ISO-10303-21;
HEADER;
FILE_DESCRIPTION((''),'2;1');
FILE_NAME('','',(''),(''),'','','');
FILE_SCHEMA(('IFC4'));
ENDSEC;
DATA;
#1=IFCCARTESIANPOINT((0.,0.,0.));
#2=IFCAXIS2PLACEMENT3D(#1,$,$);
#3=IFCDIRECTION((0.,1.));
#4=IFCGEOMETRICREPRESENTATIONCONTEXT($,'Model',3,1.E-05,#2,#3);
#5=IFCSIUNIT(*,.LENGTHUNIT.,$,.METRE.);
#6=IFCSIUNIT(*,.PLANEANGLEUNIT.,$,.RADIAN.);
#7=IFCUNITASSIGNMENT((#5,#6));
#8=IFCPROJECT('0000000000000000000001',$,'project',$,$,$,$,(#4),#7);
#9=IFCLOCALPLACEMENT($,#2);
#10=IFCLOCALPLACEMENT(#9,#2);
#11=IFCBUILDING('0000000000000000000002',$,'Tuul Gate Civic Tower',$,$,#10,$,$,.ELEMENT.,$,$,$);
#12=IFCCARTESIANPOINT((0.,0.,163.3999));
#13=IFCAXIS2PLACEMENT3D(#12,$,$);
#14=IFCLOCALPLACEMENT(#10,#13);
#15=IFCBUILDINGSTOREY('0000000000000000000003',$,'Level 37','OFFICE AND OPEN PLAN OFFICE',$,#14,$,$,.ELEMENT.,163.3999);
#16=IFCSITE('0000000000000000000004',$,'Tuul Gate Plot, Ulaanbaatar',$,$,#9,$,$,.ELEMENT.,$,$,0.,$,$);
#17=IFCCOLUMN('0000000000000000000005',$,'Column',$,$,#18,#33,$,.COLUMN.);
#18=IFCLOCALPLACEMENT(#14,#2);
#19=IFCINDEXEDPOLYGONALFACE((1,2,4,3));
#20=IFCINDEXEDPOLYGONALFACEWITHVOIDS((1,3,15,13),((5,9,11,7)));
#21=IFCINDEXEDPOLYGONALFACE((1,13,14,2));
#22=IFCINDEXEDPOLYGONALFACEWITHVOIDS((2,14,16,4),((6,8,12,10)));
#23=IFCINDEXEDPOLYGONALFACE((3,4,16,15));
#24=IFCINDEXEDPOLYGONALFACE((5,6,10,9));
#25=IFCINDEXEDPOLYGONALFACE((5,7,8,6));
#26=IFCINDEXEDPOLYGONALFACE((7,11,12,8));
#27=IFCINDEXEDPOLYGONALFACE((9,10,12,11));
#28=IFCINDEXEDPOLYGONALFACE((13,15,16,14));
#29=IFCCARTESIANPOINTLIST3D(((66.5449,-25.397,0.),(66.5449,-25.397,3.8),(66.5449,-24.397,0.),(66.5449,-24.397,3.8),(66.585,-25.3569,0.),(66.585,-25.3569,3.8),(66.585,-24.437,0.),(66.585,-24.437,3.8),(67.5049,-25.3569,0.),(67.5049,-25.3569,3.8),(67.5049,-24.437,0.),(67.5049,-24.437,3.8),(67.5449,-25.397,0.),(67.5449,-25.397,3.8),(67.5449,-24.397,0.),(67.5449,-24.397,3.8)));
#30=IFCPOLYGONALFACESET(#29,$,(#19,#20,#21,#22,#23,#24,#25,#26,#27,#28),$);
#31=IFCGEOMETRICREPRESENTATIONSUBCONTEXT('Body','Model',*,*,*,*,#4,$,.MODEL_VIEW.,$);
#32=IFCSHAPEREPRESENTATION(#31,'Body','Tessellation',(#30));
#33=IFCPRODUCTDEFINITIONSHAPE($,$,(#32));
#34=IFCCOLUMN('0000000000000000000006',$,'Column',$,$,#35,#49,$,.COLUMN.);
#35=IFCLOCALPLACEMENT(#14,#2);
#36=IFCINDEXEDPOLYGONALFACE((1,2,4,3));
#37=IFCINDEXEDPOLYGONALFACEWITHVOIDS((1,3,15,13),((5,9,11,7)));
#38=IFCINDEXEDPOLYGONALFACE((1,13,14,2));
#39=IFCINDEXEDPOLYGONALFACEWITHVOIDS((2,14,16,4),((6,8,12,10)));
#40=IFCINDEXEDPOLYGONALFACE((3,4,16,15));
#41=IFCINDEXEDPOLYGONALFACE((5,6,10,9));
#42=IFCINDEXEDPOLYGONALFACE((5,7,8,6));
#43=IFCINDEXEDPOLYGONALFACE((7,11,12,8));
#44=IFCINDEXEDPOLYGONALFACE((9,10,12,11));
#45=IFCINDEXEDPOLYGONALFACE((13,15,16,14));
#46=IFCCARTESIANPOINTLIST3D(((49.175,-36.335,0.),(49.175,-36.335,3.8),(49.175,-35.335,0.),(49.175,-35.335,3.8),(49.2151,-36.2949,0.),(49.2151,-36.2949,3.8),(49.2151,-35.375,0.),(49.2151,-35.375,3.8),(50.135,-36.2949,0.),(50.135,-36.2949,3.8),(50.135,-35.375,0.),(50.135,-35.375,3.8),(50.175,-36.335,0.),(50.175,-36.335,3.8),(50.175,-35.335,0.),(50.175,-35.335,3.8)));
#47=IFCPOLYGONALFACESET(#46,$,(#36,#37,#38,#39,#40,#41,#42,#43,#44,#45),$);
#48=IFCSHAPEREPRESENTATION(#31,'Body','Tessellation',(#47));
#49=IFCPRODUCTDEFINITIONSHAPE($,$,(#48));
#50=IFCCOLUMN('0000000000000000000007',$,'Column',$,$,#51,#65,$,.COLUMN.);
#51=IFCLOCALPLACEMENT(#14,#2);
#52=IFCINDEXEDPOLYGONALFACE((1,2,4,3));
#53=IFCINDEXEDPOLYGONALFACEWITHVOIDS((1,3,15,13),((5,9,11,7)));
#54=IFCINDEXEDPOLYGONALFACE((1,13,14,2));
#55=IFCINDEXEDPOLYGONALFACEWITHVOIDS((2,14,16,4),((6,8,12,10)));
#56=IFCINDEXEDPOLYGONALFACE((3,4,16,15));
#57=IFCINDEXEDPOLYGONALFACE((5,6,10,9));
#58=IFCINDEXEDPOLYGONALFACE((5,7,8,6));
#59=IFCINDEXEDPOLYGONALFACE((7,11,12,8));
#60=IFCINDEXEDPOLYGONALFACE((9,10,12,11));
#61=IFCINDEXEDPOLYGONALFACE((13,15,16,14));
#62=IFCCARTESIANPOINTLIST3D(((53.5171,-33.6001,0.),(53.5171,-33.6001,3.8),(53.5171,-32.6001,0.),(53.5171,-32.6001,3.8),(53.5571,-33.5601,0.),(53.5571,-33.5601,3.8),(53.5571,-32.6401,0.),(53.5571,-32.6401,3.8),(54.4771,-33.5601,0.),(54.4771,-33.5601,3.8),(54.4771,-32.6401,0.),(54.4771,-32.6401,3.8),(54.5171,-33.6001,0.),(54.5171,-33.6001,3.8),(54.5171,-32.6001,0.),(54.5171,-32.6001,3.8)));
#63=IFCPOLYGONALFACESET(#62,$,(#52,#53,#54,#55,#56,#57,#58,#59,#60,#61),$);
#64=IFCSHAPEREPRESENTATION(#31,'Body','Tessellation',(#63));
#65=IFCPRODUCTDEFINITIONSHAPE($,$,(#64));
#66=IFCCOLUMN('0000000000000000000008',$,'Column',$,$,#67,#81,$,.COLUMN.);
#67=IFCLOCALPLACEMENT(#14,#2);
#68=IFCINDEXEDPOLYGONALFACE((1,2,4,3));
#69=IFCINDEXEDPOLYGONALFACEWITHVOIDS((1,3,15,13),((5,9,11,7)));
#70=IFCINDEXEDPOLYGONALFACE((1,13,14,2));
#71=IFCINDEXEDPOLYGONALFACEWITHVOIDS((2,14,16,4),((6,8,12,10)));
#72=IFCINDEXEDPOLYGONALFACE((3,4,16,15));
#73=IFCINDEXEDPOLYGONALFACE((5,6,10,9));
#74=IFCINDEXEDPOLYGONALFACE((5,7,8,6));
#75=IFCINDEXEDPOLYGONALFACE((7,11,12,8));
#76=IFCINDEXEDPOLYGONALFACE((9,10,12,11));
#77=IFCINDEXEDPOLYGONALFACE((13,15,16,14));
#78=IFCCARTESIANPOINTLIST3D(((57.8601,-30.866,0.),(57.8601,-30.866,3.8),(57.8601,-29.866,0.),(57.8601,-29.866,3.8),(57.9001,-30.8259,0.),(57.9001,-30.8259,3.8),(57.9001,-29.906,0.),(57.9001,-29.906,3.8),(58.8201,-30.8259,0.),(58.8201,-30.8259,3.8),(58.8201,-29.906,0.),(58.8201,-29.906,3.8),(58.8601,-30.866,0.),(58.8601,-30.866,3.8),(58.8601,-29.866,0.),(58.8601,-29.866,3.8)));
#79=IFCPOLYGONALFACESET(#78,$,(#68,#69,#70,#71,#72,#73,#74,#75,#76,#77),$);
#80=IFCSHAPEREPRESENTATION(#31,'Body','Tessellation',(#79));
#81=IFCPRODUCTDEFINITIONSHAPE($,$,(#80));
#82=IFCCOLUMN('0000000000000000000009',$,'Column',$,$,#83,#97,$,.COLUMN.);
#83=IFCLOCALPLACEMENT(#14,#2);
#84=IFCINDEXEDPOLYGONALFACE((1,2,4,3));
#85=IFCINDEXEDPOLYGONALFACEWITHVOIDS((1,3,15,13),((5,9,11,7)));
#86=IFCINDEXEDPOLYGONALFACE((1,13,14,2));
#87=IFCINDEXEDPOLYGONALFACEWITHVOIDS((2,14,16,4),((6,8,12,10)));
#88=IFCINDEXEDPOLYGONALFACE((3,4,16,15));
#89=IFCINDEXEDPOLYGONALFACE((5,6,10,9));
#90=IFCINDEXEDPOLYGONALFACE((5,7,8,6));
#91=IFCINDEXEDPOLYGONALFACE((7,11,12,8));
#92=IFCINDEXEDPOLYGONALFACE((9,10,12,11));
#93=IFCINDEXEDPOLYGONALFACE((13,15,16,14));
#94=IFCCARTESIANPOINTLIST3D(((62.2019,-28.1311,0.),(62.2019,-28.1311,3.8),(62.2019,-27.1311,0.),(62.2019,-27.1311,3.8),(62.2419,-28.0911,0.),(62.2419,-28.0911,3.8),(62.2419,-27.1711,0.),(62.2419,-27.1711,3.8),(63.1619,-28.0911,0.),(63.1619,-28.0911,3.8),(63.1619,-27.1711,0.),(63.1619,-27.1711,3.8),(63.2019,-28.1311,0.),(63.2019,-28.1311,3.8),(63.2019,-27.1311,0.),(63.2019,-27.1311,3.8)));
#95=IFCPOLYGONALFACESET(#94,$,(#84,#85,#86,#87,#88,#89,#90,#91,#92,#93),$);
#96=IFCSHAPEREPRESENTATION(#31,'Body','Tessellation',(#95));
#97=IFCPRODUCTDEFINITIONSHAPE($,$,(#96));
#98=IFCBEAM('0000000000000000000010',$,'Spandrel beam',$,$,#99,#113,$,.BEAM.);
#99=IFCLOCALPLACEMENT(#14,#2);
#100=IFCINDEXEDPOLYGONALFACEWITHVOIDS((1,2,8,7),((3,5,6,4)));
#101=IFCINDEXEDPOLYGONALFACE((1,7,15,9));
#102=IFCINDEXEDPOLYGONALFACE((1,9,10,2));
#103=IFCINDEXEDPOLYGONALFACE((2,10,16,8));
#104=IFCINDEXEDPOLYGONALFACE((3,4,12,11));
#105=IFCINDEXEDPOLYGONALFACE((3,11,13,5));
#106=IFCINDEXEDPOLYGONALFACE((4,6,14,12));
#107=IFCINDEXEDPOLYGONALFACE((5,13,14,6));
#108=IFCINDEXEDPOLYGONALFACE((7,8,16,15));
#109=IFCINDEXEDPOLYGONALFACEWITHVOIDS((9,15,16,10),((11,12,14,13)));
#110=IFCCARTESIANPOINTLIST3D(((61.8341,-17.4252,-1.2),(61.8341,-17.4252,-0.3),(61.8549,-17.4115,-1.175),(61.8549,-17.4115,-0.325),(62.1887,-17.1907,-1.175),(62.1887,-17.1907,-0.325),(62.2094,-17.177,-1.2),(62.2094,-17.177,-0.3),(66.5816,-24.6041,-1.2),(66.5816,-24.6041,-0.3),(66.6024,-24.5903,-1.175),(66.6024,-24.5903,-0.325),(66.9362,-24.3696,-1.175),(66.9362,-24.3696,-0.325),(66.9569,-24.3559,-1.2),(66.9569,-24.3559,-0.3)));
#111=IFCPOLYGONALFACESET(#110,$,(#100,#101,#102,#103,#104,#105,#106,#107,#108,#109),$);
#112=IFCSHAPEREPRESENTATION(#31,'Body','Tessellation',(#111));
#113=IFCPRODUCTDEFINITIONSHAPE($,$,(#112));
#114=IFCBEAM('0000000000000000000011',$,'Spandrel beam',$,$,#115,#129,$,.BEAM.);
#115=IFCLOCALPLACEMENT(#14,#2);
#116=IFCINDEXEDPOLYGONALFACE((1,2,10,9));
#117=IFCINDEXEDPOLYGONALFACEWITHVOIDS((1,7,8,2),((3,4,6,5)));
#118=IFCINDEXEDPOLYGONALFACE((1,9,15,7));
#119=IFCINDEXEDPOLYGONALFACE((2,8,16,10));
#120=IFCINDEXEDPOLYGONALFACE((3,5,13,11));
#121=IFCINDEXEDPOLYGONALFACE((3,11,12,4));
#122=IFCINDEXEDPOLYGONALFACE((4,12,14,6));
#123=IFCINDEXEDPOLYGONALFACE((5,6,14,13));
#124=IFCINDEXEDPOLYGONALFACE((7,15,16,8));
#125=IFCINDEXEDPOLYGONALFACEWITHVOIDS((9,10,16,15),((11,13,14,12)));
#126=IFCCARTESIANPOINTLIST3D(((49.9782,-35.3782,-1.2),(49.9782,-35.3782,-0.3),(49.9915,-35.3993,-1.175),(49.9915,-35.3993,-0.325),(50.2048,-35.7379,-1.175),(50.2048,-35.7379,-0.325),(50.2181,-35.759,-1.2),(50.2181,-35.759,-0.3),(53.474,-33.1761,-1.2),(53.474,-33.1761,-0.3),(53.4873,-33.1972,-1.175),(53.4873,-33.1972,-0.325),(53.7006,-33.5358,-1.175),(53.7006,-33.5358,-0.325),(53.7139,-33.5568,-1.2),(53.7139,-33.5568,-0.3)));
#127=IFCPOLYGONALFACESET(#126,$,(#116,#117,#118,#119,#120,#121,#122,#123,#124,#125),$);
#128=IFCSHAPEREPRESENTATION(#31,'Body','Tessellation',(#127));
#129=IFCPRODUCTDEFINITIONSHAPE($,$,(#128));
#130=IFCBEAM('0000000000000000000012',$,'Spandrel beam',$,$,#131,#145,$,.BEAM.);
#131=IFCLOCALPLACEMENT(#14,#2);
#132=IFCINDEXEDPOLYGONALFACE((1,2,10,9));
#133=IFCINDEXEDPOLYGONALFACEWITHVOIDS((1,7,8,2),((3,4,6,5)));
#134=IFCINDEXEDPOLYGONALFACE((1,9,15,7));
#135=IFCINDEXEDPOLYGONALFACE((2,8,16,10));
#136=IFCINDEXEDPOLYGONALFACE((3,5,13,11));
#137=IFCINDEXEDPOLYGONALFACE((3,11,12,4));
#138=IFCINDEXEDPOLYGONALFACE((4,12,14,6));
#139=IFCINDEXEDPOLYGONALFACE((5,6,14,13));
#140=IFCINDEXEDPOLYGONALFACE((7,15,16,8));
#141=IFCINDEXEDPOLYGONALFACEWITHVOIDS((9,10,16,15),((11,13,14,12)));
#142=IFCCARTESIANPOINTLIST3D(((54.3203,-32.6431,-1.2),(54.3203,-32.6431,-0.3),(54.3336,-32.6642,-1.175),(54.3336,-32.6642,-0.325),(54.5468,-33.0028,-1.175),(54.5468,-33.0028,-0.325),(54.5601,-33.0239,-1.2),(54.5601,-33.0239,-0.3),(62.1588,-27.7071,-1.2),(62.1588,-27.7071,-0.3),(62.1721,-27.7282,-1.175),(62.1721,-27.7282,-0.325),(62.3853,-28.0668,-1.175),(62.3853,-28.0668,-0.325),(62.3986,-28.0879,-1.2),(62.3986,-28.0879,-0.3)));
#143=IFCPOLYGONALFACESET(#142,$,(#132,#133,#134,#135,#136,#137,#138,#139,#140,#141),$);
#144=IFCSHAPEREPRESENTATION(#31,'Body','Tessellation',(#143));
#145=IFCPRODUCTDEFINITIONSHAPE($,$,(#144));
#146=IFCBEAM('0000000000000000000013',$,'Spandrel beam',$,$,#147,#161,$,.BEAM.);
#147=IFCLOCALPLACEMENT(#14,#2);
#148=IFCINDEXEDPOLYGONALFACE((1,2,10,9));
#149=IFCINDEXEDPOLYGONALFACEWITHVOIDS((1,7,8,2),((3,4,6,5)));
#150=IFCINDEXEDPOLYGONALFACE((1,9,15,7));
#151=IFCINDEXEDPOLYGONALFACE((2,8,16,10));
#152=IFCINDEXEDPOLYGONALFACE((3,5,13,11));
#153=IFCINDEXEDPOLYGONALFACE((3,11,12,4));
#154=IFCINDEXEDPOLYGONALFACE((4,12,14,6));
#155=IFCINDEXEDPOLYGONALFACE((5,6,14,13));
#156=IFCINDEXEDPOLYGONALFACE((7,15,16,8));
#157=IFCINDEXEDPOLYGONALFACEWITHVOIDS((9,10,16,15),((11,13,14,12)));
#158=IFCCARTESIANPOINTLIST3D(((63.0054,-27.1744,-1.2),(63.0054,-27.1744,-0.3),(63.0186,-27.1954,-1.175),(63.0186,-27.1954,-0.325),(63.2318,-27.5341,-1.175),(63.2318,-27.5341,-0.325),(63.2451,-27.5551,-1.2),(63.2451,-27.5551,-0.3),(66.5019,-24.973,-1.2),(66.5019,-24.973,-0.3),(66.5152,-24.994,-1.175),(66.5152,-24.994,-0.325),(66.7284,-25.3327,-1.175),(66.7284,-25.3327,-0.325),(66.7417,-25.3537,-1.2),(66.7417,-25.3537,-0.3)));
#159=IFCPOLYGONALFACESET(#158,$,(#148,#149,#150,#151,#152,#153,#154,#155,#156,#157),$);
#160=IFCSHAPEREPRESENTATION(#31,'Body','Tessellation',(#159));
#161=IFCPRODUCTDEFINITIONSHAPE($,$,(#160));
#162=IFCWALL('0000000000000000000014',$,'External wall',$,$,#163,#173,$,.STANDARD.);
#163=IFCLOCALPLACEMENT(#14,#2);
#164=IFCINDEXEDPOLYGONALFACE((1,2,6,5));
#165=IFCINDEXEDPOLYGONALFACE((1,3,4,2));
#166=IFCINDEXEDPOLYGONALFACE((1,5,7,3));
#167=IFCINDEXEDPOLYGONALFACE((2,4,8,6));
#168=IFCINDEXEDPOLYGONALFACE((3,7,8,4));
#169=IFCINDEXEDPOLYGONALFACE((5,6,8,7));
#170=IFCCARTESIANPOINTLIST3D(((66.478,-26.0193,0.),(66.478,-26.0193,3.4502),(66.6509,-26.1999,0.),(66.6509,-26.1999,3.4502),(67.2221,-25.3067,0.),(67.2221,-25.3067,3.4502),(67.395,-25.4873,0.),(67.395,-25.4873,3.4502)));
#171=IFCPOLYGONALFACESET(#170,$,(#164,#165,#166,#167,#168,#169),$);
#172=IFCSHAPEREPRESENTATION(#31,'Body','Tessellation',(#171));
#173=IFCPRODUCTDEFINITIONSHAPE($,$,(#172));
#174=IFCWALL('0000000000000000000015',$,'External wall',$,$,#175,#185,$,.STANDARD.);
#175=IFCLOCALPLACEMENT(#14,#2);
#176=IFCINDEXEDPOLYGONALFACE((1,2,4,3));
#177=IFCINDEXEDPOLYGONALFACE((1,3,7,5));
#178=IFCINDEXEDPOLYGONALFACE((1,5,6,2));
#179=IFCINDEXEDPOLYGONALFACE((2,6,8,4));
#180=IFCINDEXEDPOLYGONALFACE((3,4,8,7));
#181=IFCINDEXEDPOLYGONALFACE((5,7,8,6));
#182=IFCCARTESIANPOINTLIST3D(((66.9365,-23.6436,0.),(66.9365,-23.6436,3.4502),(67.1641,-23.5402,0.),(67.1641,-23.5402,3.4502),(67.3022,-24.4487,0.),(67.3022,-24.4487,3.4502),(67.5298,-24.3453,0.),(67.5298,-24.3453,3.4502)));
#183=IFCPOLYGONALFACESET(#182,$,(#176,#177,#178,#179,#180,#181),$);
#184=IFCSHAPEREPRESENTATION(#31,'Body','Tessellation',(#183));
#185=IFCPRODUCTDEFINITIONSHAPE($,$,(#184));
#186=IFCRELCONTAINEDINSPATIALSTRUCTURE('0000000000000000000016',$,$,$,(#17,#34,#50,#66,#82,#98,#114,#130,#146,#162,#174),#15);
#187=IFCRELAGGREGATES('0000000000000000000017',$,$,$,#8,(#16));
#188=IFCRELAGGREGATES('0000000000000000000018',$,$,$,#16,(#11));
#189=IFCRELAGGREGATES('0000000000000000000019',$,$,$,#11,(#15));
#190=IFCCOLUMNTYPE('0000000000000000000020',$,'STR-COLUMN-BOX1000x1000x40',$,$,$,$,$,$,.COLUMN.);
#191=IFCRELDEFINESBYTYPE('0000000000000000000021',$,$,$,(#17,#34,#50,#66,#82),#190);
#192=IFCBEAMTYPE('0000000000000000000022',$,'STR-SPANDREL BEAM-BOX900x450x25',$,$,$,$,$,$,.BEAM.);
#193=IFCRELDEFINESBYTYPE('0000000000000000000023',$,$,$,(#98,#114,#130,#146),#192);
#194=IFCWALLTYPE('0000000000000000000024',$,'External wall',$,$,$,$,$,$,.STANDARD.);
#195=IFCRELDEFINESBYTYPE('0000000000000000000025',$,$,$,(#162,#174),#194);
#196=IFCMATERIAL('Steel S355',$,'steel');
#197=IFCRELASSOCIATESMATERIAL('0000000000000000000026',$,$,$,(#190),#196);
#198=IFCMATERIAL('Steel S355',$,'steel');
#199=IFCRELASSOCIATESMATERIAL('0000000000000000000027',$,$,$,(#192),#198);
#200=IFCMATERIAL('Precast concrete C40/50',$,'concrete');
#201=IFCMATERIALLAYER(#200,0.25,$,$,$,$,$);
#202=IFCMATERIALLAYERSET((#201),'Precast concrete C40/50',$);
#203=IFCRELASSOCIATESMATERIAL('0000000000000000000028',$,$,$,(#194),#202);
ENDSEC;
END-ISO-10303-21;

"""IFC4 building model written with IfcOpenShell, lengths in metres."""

from ifc_helpers import new_model, si_unit, direction, frame, frame_2d, origin, origin_2d, place, context, subcontext, project, spatial, rectangle, hollow_rectangle, extrude, material, layer, layer_set, material_profile, profile_set, type_object, element, save


model = new_model("IFC4")

# Units and contexts
model_context = context("Model", 3, precision=1e-05, world=origin(), true_north=direction((0.0, 1.0)))
body_context = subcontext(model_context, "Body", "Model", "MODEL_VIEW")
ifc_project = project(units=[si_unit("LENGTHUNIT", "METRE"), si_unit("PLANEANGLEUNIT", "RADIAN")], contexts=[model_context])

# Site, building, storey
site_placement = place(None, origin())
site = spatial("IfcSite", under=ifc_project, at=site_placement, Name="Tuul Gate Plot, Ulaanbaatar", CompositionType="ELEMENT", RefElevation=0.0)
building_placement = place(site_placement, origin())
building = spatial("IfcBuilding", under=site, at=building_placement, Name="Tuul Gate Civic Tower", CompositionType="ELEMENT")
storey_placement = place(building_placement, frame((0.0, 0.0, 163.3999)))
storey = spatial("IfcBuildingStorey", under=building, at=storey_placement, Name="Level 37", Description="OFFICE AND OPEN PLAN OFFICE", CompositionType="ELEMENT", Elevation=163.3999)

# Columns
ifc_material_1 = material(Name="Steel S355", Category="steel")
ifc_material_profile_1 = material_profile(ifc_material_1, hollow_rectangle(XDim=1.0, YDim=1.0, WallThickness=0.04, at=origin_2d()), Name="BOX1000x1000x40")
ifc_profile_set_1 = profile_set([ifc_material_profile_1], Name="Steel S355")
column_type = type_object("IfcColumnType", Name="STR-COLUMN-BOX1000x1000x40", PredefinedType="COLUMN", material=ifc_profile_set_1)
for number, where, z_axis, x_axis, name in (
    (1, (67.0449, -24.897, 0.0), (0.0, 0.0, 1.0), (1.0, 0.0, 0.0), "Column"),
    (2, (49.675, -35.835, 0.0), (0.0, 0.0, 1.0), (1.0, 0.0, 0.0), "Column"),
    (3, (54.0171, -33.1001, 0.0), (0.0, 0.0, 1.0), (1.0, 0.0, 0.0), "Column"),
    (4, (58.3601, -30.366, 0.0), (0.0, 0.0, 1.0), (1.0, 0.0, 0.0), "Column"),
    (5, (62.7019, -27.6311, 0.0), (0.0, 0.0, 1.0), (1.0, 0.0, 0.0), "Column"),
):
    element("IfcColumn", number, at=place(storey_placement, frame(where, z_axis=z_axis, x_axis=x_axis)), inside=storey, type_object=column_type, Name=name, PredefinedType="COLUMN", context=body_context, shape_type="SweptSolid", body=[
        extrude(hollow_rectangle(XDim=1.0, YDim=1.0, WallThickness=0.04, at=origin_2d()), origin(), (0.0, 0.0, 1.0), 3.8),
    ])

# Beams
ifc_material_2 = material(Name="Steel S355", Category="steel")
ifc_material_profile_2 = material_profile(ifc_material_2, hollow_rectangle(XDim=0.45, YDim=0.8999, WallThickness=0.0249, at=origin_2d()), Name="BOX900x450x25")
ifc_profile_set_2 = profile_set([ifc_material_profile_2], Name="Steel S355")
beam_type = type_object("IfcBeamType", Name="STR-SPANDREL BEAM-BOX900x450x25", PredefinedType="BEAM", material=ifc_profile_set_2)
beam_1_placement = place(storey_placement, frame((66.7693, -24.48, -0.75), z_axis=(-0.551607, 0.834104, 0.0), x_axis=(-0.834104, -0.551607, 0.0)))
element("IfcBeam", 6, at=beam_1_placement, inside=storey, type_object=beam_type, Name="Spandrel beam", PredefinedType="BEAM", context=body_context, shape_type="SweptSolid", body=[
    extrude(hollow_rectangle(XDim=0.45, YDim=0.8999, WallThickness=0.0249, at=origin_2d()), origin(), (0.0, 0.0, 1.0), 8.6067),
])
beam_2_placement = place(storey_placement, frame((50.0981, -35.5686, -0.75), z_axis=(0.846117, 0.532997, 0.0), x_axis=(-0.532997, 0.846117, 0.0)))
element("IfcBeam", 7, at=beam_2_placement, inside=storey, type_object=beam_type, Name="Spandrel beam", PredefinedType="BEAM", context=body_context, shape_type="SweptSolid", body=[
    extrude(hollow_rectangle(XDim=0.45, YDim=0.8999, WallThickness=0.0249, at=origin_2d()), origin(), (0.0, 0.0, 1.0), 4.1316),
])
beam_3_placement = place(storey_placement, frame((54.4402, -32.8335, -0.75), z_axis=(0.846203, 0.53286, 0.0), x_axis=(-0.53286, 0.846203, 0.0)))
element("IfcBeam", 8, at=beam_3_placement, inside=storey, type_object=beam_type, Name="Spandrel beam", PredefinedType="BEAM", context=body_context, shape_type="SweptSolid", body=[
    extrude(hollow_rectangle(XDim=0.45, YDim=0.8999, WallThickness=0.0249, at=origin_2d()), origin(), (0.0, 0.0, 1.0), 9.2632),
])
beam_4_placement = place(storey_placement, frame((63.1252, -27.3647, -0.75), z_axis=(0.846248, 0.53279, 0.0), x_axis=(-0.53279, 0.846248, 0.0)))
element("IfcBeam", 9, at=beam_4_placement, inside=storey, type_object=beam_type, Name="Spandrel beam", PredefinedType="BEAM", context=body_context, shape_type="SweptSolid", body=[
    extrude(hollow_rectangle(XDim=0.45, YDim=0.8999, WallThickness=0.0249, at=origin_2d()), origin(), (0.0, 0.0, 1.0), 4.1318),
])

# Walls
ifc_material_3 = material(Name="Precast concrete C40/50", Category="concrete")
ifc_layer = layer(ifc_material_3, 0.25)
ifc_layer_set = layer_set([ifc_layer], Name="Precast concrete C40/50")
wall_type = type_object("IfcWallType", Name="External wall", PredefinedType="STANDARD", material=ifc_layer_set)
wall_1_placement = place(storey_placement, frame((66.5645, -26.1096, 0.0), z_axis=(0.0, 0.0, 1.0), x_axis=(0.722225, 0.691658, 0.0)))
element("IfcWall", 10, at=wall_1_placement, inside=storey, type_object=wall_type, Name="External wall", PredefinedType="STANDARD", context=body_context, shape_type="SweptSolid", body=[
    extrude(rectangle(XDim=1.0303, YDim=0.25, at=frame_2d((0.5151, 0.0))), origin(), (0.0, 0.0, 1.0), 3.4502),
])
wall_2_placement = place(storey_placement, frame((67.416, -24.397, 0.0), z_axis=(0.0, 0.0, 1.0), x_axis=(-0.413553, 0.91048, 0.0)))
element("IfcWall", 11, at=wall_2_placement, inside=storey, type_object=wall_type, Name="External wall", PredefinedType="STANDARD", context=body_context, shape_type="SweptSolid", body=[
    extrude(rectangle(XDim=0.8843, YDim=0.25, at=frame_2d((0.4421, 0.0))), origin(), (0.0, 0.0, 1.0), 3.4502),
])

save(model, "model.ifc")
